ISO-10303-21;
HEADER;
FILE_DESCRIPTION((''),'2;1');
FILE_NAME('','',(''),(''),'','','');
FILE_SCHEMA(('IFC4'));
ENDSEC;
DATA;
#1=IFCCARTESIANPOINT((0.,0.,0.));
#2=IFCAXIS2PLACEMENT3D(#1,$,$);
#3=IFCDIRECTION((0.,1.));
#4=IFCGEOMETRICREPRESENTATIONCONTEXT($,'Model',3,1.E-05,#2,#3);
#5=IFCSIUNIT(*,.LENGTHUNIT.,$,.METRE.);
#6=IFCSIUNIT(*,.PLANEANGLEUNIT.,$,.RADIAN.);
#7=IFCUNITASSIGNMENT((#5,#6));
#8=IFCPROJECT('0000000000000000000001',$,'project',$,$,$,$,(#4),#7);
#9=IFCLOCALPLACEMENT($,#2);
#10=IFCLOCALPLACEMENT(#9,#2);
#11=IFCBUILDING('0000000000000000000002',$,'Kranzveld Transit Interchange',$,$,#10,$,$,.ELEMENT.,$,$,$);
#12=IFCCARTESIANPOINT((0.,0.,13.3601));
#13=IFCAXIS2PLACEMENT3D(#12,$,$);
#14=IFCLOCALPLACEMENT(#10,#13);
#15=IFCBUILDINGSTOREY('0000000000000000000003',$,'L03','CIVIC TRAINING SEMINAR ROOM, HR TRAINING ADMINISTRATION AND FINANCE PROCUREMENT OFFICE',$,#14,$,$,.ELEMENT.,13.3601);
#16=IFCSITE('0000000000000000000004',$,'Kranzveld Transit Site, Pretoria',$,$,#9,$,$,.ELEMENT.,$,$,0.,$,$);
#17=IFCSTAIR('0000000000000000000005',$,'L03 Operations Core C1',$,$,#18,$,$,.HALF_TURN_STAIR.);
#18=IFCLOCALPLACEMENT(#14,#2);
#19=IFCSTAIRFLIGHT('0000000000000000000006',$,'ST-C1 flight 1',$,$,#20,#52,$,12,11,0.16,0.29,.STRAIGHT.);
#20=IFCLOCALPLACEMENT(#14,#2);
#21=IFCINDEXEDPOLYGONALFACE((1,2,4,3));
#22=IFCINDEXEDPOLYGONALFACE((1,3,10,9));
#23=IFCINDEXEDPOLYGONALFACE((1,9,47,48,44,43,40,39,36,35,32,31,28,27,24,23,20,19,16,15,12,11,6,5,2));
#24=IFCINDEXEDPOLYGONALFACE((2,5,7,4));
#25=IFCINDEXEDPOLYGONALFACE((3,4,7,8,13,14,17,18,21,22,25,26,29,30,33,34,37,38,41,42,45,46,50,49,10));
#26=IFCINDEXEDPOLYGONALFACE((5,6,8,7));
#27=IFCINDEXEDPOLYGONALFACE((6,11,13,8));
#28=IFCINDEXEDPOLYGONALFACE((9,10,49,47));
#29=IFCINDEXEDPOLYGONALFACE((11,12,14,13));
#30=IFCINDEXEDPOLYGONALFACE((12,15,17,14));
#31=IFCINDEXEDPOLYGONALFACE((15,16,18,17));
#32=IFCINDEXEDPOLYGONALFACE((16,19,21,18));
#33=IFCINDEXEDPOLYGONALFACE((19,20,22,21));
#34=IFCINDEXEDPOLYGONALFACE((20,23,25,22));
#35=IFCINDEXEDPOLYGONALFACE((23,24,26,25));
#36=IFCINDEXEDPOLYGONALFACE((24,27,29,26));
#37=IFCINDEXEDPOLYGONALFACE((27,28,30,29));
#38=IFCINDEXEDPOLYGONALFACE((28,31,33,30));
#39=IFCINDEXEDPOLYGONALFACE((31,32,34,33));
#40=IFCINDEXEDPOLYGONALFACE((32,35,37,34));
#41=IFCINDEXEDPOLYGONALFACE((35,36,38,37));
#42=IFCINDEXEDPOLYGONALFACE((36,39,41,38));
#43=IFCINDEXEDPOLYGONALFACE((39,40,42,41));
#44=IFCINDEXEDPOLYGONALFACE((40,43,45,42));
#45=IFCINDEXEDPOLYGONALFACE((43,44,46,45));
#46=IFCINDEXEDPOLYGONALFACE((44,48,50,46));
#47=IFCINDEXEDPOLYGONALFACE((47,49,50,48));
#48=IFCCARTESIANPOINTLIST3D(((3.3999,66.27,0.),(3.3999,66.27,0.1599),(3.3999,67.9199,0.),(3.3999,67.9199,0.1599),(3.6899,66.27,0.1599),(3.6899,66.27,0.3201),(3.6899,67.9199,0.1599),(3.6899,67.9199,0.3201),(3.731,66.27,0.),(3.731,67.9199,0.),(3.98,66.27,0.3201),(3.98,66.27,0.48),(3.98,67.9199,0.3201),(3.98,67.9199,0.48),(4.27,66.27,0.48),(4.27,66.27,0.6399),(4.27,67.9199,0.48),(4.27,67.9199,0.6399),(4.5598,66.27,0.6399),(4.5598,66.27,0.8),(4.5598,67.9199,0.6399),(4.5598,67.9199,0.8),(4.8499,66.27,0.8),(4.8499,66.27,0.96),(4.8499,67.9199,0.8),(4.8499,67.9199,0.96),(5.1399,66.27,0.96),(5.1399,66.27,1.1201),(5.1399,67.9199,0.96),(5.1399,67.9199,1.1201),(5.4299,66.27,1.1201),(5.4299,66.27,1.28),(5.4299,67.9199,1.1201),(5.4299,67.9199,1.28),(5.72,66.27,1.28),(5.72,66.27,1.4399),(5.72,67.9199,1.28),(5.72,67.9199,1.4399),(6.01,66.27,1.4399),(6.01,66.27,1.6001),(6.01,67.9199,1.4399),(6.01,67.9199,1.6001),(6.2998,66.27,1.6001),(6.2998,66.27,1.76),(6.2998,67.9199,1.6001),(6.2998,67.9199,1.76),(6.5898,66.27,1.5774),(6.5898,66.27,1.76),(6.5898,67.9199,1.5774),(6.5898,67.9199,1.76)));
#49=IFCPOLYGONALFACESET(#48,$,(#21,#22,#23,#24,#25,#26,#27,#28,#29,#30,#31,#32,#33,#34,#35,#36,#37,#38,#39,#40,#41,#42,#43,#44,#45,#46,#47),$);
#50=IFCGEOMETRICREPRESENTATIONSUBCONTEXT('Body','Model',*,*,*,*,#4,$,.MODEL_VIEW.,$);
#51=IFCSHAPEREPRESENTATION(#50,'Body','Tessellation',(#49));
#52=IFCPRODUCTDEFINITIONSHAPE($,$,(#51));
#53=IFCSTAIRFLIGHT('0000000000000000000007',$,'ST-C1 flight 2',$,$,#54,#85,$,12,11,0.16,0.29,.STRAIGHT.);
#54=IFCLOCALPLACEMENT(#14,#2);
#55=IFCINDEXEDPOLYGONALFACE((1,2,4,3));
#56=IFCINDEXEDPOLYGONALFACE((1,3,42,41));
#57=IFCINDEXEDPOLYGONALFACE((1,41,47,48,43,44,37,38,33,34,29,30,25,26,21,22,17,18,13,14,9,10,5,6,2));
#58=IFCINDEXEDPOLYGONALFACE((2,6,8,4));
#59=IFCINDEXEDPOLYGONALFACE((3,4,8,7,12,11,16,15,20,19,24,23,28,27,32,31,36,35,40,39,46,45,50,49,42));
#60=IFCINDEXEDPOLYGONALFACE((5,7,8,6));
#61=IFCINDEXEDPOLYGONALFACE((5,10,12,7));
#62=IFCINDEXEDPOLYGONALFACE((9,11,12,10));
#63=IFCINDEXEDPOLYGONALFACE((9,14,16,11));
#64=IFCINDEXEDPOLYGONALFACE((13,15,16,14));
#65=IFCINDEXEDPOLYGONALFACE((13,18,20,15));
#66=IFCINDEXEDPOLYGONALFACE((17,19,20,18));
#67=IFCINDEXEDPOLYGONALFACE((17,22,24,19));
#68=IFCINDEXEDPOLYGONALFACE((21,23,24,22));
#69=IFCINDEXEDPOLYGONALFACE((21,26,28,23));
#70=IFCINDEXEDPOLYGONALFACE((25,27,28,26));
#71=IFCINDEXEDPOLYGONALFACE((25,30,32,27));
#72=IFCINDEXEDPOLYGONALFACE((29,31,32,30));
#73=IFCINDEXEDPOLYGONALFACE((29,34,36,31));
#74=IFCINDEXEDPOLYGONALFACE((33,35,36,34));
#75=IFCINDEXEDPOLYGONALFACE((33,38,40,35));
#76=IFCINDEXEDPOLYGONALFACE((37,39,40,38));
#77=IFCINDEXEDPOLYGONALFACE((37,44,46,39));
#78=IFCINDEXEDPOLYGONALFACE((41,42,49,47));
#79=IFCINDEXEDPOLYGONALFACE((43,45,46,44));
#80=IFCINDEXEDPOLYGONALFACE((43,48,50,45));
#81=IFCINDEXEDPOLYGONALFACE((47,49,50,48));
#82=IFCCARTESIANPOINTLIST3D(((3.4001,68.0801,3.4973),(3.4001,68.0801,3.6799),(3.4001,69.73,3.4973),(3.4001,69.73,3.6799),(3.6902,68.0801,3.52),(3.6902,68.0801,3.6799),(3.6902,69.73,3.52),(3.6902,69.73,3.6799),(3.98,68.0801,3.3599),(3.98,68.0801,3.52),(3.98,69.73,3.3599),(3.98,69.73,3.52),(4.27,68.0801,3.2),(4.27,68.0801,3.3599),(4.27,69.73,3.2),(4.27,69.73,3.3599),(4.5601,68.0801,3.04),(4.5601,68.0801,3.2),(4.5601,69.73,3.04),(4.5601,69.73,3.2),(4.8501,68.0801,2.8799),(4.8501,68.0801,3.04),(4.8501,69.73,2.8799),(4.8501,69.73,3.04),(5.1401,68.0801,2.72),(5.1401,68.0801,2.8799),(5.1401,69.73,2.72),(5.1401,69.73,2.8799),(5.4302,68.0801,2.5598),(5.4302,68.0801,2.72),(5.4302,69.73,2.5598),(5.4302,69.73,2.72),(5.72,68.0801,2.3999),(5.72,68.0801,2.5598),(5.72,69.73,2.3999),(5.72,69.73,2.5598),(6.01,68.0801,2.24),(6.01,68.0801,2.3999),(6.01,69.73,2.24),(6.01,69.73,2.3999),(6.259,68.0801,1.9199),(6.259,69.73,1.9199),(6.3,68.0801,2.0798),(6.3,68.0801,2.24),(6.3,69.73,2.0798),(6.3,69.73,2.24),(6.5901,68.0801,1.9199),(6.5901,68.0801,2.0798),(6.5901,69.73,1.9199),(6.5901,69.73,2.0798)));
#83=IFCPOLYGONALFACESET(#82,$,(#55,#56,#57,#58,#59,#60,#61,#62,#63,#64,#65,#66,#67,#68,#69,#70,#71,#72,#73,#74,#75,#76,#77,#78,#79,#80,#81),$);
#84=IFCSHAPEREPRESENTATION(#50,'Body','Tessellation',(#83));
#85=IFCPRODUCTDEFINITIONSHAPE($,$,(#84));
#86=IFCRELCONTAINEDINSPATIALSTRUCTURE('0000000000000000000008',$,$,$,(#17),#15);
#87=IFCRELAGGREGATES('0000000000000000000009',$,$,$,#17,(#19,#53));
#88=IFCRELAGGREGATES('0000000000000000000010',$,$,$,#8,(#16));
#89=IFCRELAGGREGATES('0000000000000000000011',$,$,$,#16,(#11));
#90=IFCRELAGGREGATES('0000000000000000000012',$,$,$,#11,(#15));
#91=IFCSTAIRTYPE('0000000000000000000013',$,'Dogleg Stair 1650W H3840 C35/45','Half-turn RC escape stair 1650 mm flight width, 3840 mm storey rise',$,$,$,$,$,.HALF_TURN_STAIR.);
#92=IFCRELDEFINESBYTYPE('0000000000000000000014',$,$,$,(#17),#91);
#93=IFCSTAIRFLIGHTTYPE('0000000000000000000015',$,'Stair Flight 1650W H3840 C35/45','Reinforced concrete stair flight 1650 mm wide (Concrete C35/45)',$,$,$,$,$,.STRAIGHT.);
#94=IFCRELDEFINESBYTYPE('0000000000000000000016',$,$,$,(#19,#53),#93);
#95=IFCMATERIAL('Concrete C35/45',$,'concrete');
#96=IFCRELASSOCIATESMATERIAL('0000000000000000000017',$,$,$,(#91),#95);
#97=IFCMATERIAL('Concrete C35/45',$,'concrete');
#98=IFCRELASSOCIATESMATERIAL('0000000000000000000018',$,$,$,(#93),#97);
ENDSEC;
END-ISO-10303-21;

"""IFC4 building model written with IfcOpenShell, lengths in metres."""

from ifc_helpers import new_model, si_unit, direction, frame, origin, place, context, subcontext, project, spatial, polyline, outline, extrude, material, type_object, element, aggregate, save


model = new_model("IFC4")

# Units and contexts
model_context = context("Model", 3, precision=1e-05, world=origin(), true_north=direction((0.0, 1.0)))
body_context = subcontext(model_context, "Body", "Model", "MODEL_VIEW")
ifc_project = project(units=[si_unit("LENGTHUNIT", "METRE"), si_unit("PLANEANGLEUNIT", "RADIAN")], contexts=[model_context])

# Site, building, storey
site_placement = place(None, origin())
site = spatial("IfcSite", under=ifc_project, at=site_placement, Name="Kranzveld Transit Site, Pretoria", CompositionType="ELEMENT", RefElevation=0.0)
building_placement = place(site_placement, origin())
building = spatial("IfcBuilding", under=site, at=building_placement, Name="Kranzveld Transit Interchange", CompositionType="ELEMENT")
storey_placement = place(building_placement, frame((0.0, 0.0, 13.3601)))
storey = spatial("IfcBuildingStorey", under=building, at=storey_placement, Name="L03", Description="CIVIC TRAINING SEMINAR ROOM, HR TRAINING ADMINISTRATION AND FINANCE PROCUREMENT OFFICE", CompositionType="ELEMENT", Elevation=13.3601)

# Stair, stair flights
ifc_material_1 = material(Name="Concrete C35/45", Category="concrete")
stair_type = type_object("IfcStairType", Name="Dogleg Stair 1650W H3840 C35/45", Description="Half-turn RC escape stair 1650 mm flight width, 3840 mm storey rise", PredefinedType="HALF_TURN_STAIR", material=ifc_material_1)
stair_placement = place(storey_placement, origin())
stair = element("IfcStair", 1, at=stair_placement, inside=storey, type_object=stair_type, Name="L03 Operations Core C1", PredefinedType="HALF_TURN_STAIR")
ifc_material_2 = material(Name="Concrete C35/45", Category="concrete")
stair_flight_type = type_object("IfcStairFlightType", Name="Stair Flight 1650W H3840 C35/45", Description="Reinforced concrete stair flight 1650 mm wide (Concrete C35/45)", PredefinedType="STRAIGHT", material=ifc_material_2)
stair_flight_1_placement = place(storey_placement, frame((3.3999, 67.095, 0.0), z_axis=(0.0, 0.0, 1.0), x_axis=(1.0, 0.0, 0.0)))
stair_flight_1 = element("IfcStairFlight", 2, at=stair_flight_1_placement, type_object=stair_flight_type, Name="ST-C1 flight 1", NumberOfRisers=12, NumberOfTreads=11, PredefinedType="STRAIGHT", RiserHeight=0.16, TreadLength=0.29, context=body_context, shape_type="SweptSolid", body=[
    extrude(outline(polyline([(0.0, 0.0), (0.0, 0.1599), (0.29, 0.1599), (0.29, 0.3201), (0.5801, 0.3201), (0.5801, 0.48), (0.8701, 0.48), (0.8701, 0.6399), (1.1599, 0.6399), (1.1599, 0.8), (1.45, 0.8), (1.45, 0.96), (1.74, 0.96), (1.74, 1.1201), (2.03, 1.1201), (2.03, 1.28), (2.3201, 1.28), (2.3201, 1.4399), (2.6101, 1.4399), (2.6101, 1.6001), (2.8999, 1.6001), (2.8999, 1.76), (3.1899, 1.76), (3.1899, 1.9199), (3.1899, 1.5774), (0.3311, 0.0), (0.0, 0.0)])), frame((0.0, 0.825, 0.0), z_axis=(0.0, -1.0, 0.0), x_axis=(1.0, 0.0, 0.0)), (0.0, 0.0, 1.0), 1.6499),
])
stair_flight_2_placement = place(storey_placement, frame((6.5901, 68.905, 1.9199), z_axis=(0.0, 0.0, 1.0), x_axis=(-1.0, 0.0, 0.0)))
stair_flight_2 = element("IfcStairFlight", 3, at=stair_flight_2_placement, type_object=stair_flight_type, Name="ST-C1 flight 2", NumberOfRisers=12, NumberOfTreads=11, PredefinedType="STRAIGHT", RiserHeight=0.16, TreadLength=0.29, context=body_context, shape_type="SweptSolid", body=[
    extrude(outline(polyline([(0.0, 0.0), (0.0, 0.1599), (0.29, 0.1599), (0.29, 0.3201), (0.5801, 0.3201), (0.5801, 0.48), (0.8701, 0.48), (0.8701, 0.6399), (1.1599, 0.6399), (1.1599, 0.8), (1.45, 0.8), (1.45, 0.96), (1.74, 0.96), (1.74, 1.1201), (2.03, 1.1201), (2.03, 1.28), (2.3201, 1.28), (2.3201, 1.4399), (2.6101, 1.4399), (2.6101, 1.6001), (2.8999, 1.6001), (2.8999, 1.76), (3.1899, 1.76), (3.1899, 1.9199), (3.1899, 1.5774), (0.3311, 0.0), (0.0, 0.0)])), frame((0.0, 0.825, 0.0), z_axis=(0.0, -1.0, 0.0), x_axis=(1.0, 0.0, 0.0)), (0.0, 0.0, 1.0), 1.6499),
])
aggregate(stair, [stair_flight_1, stair_flight_2])

save(model, "model.ifc")
